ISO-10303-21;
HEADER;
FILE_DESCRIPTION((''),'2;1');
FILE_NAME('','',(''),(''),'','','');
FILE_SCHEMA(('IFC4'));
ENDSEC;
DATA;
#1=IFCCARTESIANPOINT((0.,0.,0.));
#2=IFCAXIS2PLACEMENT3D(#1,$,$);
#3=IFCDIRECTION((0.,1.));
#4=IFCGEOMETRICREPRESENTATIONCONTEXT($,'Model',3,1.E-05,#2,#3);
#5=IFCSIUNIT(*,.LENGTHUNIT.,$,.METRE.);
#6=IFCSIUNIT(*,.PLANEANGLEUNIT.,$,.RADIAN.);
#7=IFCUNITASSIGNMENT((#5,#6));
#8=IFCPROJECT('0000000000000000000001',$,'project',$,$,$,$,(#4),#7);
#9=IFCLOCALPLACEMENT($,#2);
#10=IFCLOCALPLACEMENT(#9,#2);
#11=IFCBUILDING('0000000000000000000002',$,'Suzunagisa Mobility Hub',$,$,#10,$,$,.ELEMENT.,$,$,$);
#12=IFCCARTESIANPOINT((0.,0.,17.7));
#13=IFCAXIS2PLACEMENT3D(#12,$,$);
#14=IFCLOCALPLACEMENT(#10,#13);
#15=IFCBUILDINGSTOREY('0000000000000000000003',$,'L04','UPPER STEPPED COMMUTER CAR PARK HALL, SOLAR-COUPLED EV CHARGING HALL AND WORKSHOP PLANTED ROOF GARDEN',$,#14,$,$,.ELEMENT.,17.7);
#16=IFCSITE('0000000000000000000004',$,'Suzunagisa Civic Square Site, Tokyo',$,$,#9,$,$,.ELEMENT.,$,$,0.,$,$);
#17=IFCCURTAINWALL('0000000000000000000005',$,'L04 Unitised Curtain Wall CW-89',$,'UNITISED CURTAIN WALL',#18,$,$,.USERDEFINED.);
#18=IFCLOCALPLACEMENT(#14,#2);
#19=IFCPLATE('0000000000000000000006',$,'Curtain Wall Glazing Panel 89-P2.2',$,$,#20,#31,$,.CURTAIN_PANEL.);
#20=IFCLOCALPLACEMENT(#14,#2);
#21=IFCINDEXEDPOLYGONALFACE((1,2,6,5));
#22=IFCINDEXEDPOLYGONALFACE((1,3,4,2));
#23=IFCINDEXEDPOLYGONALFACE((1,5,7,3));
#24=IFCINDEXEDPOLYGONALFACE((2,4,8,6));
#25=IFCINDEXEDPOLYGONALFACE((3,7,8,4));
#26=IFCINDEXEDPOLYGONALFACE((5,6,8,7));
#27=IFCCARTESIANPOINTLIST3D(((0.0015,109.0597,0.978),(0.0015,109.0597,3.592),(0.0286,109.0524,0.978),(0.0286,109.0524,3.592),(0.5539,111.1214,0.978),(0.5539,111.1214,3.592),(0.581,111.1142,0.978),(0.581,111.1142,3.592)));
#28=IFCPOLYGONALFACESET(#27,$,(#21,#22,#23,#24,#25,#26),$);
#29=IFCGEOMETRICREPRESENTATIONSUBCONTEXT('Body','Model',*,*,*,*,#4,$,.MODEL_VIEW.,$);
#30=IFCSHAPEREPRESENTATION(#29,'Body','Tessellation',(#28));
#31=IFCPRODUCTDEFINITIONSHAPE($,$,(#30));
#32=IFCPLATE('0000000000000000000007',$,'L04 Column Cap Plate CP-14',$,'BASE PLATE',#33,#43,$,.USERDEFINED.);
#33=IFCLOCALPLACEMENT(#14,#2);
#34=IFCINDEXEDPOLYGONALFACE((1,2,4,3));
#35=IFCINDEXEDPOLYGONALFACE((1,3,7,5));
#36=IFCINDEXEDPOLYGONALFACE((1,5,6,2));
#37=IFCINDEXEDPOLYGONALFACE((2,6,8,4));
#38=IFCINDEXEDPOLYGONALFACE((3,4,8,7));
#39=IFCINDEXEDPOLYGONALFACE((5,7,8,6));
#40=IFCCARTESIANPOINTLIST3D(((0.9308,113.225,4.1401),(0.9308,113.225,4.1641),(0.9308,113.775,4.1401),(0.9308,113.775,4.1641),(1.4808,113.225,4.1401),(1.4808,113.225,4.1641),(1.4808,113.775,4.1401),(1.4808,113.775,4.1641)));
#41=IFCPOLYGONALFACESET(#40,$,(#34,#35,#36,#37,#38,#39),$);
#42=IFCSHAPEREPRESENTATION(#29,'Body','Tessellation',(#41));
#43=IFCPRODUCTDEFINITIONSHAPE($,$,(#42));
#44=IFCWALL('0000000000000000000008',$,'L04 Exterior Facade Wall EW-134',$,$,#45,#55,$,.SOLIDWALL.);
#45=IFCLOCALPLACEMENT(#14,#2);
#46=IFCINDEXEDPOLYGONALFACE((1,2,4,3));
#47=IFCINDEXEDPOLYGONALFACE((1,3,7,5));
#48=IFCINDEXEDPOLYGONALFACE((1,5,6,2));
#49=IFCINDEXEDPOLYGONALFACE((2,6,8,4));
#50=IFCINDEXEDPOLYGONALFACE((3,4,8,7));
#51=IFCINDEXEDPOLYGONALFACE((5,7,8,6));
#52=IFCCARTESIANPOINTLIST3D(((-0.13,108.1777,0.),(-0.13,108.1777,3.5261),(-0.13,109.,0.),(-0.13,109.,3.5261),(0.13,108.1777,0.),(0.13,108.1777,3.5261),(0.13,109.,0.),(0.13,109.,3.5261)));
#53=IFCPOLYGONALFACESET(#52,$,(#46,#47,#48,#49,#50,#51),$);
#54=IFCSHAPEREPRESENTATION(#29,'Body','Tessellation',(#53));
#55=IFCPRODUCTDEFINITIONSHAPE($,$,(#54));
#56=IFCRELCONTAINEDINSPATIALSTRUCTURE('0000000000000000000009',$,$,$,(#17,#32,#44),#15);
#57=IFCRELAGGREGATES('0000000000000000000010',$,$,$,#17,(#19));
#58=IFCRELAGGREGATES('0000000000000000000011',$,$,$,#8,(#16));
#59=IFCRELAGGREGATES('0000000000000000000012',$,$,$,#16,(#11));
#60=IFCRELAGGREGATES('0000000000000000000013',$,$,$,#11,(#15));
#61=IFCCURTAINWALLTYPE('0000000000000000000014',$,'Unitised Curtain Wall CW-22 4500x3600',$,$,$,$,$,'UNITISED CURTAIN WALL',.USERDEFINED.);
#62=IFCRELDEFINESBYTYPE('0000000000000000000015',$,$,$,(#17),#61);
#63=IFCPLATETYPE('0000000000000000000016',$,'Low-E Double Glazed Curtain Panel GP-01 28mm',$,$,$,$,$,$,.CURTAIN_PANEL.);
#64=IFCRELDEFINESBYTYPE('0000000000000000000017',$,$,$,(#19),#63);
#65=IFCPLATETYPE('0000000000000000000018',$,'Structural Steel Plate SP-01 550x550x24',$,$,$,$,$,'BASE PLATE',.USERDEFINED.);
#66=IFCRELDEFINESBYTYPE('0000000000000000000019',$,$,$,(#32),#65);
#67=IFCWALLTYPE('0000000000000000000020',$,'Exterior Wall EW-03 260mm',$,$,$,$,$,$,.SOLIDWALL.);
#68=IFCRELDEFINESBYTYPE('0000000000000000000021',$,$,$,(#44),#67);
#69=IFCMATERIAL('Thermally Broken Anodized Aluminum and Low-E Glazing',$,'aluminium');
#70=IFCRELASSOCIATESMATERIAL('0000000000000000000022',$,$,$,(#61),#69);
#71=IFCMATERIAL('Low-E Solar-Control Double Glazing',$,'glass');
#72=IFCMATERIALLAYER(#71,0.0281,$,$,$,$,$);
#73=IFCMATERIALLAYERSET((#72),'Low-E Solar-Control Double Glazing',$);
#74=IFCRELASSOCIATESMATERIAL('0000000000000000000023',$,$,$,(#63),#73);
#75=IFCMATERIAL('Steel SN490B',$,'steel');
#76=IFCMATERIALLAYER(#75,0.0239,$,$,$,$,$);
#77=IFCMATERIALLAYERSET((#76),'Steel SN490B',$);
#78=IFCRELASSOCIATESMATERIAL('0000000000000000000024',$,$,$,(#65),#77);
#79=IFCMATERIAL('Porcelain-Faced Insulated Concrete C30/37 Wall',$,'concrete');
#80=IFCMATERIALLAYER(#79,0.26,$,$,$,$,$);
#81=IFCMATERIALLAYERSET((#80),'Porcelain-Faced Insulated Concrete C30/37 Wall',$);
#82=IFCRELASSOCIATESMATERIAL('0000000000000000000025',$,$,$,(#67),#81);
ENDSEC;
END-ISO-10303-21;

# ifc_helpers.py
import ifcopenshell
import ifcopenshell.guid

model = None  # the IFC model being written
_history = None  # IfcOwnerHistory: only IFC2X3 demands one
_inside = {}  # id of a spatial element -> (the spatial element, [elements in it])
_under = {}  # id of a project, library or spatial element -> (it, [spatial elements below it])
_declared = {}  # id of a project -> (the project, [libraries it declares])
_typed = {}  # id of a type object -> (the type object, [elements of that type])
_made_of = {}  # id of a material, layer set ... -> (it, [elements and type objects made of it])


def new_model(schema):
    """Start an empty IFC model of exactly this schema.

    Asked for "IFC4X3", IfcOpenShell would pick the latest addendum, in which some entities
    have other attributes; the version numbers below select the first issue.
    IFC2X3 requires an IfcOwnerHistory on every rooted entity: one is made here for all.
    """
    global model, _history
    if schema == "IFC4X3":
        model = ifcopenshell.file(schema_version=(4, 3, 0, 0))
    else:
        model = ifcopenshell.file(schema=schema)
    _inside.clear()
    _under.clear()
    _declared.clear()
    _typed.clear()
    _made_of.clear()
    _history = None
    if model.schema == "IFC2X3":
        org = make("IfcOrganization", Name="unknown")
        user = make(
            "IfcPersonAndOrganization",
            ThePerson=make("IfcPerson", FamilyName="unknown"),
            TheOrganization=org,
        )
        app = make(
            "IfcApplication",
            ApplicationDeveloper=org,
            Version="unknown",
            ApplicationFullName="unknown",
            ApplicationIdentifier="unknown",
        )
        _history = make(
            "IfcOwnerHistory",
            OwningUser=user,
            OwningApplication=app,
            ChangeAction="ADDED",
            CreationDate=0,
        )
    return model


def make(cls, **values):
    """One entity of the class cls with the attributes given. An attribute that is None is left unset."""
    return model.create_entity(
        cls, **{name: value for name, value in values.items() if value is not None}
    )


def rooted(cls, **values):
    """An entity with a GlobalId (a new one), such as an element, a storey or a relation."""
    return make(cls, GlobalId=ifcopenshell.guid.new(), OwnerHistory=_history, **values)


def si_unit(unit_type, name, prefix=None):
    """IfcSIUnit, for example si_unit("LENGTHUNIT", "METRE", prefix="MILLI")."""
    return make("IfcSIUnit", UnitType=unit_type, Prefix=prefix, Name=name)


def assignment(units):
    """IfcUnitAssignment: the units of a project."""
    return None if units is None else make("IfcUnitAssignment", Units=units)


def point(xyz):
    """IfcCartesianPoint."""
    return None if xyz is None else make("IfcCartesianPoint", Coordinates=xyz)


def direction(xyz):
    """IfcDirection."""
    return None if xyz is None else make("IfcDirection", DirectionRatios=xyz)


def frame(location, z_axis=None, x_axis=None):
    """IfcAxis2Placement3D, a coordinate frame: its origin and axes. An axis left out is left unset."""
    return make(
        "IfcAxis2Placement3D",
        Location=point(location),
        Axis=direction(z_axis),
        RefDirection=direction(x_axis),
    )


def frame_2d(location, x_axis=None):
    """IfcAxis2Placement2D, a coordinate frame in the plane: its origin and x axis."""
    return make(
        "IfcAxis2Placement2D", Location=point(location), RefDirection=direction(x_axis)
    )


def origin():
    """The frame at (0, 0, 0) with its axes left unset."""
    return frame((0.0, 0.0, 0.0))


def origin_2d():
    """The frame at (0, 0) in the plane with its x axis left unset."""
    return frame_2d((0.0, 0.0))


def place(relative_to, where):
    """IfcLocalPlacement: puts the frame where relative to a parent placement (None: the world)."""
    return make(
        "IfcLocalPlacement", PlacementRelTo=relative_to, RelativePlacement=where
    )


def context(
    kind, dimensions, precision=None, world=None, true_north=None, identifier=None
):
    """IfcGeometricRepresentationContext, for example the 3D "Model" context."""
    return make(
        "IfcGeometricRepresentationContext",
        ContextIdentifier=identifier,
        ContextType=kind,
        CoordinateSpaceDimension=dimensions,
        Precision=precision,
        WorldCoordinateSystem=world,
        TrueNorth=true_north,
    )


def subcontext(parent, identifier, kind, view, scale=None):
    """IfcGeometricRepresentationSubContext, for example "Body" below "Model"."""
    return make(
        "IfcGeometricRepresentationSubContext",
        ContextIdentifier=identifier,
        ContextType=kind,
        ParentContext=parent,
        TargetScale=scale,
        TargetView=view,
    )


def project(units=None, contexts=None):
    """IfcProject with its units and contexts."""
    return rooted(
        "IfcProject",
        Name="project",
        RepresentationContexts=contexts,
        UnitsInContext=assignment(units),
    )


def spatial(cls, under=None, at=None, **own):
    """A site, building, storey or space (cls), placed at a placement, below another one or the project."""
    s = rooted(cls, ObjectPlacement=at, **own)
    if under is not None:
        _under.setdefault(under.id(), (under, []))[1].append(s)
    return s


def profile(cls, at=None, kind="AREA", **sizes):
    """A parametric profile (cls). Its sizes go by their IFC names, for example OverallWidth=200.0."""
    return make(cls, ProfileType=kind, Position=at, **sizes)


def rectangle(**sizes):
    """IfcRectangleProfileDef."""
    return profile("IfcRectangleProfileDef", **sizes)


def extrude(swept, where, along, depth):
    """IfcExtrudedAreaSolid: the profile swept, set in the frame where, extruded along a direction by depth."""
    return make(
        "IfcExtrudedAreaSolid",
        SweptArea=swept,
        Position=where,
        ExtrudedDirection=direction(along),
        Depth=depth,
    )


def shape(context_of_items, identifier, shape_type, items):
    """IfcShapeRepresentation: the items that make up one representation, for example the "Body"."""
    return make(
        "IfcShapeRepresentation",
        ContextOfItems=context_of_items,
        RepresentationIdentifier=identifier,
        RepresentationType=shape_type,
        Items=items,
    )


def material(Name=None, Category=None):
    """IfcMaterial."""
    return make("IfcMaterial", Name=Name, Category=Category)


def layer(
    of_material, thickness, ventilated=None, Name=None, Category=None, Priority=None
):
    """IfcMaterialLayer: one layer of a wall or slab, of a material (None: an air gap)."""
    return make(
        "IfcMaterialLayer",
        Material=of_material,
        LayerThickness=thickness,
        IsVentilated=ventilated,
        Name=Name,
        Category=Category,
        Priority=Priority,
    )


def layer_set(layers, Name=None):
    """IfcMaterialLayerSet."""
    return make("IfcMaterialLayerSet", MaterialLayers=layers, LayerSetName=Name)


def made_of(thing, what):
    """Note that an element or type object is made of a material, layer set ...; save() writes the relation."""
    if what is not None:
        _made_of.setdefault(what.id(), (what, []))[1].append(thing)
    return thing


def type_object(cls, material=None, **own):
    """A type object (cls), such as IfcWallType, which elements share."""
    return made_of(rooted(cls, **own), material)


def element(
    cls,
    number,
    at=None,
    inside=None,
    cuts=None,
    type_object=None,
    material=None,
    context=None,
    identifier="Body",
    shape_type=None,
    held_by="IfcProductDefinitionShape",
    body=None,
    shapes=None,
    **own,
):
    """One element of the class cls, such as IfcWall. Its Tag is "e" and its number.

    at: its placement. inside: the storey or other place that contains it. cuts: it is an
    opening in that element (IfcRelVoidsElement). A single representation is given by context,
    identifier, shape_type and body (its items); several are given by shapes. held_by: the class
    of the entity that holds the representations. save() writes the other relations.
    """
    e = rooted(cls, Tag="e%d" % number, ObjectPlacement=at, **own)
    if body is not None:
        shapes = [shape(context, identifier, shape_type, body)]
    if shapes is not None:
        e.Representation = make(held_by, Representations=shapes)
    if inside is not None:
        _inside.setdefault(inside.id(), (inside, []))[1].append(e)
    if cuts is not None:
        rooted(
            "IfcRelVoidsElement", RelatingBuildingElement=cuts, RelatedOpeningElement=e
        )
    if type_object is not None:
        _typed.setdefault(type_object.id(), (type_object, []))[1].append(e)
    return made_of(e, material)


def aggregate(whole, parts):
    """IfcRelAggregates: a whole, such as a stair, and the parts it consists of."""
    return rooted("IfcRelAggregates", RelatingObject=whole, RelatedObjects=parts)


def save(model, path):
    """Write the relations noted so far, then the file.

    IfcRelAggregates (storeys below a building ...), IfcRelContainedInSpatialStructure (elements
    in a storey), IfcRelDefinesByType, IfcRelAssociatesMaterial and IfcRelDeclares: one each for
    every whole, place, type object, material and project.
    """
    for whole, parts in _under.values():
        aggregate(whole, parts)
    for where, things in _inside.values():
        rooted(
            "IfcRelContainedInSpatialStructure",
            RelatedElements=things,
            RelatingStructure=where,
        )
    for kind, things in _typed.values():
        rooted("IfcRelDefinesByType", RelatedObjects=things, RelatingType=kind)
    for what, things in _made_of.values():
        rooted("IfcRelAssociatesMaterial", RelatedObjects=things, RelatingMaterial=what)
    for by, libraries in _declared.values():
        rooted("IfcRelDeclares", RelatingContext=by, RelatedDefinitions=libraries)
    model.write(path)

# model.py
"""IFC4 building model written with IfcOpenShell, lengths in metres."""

from ifc_helpers import new_model, si_unit, direction, frame, frame_2d, origin, origin_2d, place, context, subcontext, project, spatial, rectangle, extrude, material, layer, layer_set, type_object, element, aggregate, save


model = new_model("IFC4")

# Units and contexts
model_context = context("Model", 3, precision=1e-05, world=origin(), true_north=direction((0.0, 1.0)))
body_context = subcontext(model_context, "Body", "Model", "MODEL_VIEW")
ifc_project = project(units=[si_unit("LENGTHUNIT", "METRE"), si_unit("PLANEANGLEUNIT", "RADIAN")], contexts=[model_context])

# Site, building, storey
site_placement = place(None, origin())
site = spatial("IfcSite", under=ifc_project, at=site_placement, Name="Suzunagisa Civic Square Site, Tokyo", CompositionType="ELEMENT", RefElevation=0.0)
building_placement = place(site_placement, origin())
building = spatial("IfcBuilding", under=site, at=building_placement, Name="Suzunagisa Mobility Hub", CompositionType="ELEMENT")
storey_placement = place(building_placement, frame((0.0, 0.0, 17.7)))
storey = spatial("IfcBuildingStorey", under=building, at=storey_placement, Name="L04", Description="UPPER STEPPED COMMUTER CAR PARK HALL, SOLAR-COUPLED EV CHARGING HALL AND WORKSHOP PLANTED ROOF GARDEN", CompositionType="ELEMENT", Elevation=17.7)

# Shared definitions
ifc_material_1 = material(Name="Steel SN490B", Category="steel")

# Curtain wall
ifc_material_2 = material(Name="Thermally Broken Anodized Aluminum and Low-E Glazing", Category="aluminium")
curtain_wall_type_1 = type_object("IfcCurtainWallType", Name="Unitised Curtain Wall CW-22 4500x3600", ElementType="UNITISED CURTAIN WALL", PredefinedType="USERDEFINED", material=ifc_material_2)
curtain_wall_1_placement = place(storey_placement, origin())
curtain_wall_1 = element("IfcCurtainWall", 1, at=curtain_wall_1_placement, inside=storey, type_object=curtain_wall_type_1, Name="L04 Unitised Curtain Wall CW-89", ObjectType="UNITISED CURTAIN WALL", PredefinedType="USERDEFINED")

# Plates
ifc_material_3 = material(Name="Low-E Solar-Control Double Glazing", Category="glass")
ifc_layer_1 = layer(ifc_material_3, 0.0281)
ifc_layer_set_1 = layer_set([ifc_layer_1], Name="Low-E Solar-Control Double Glazing")
plate_type_1 = type_object("IfcPlateType", Name="Low-E Double Glazed Curtain Panel GP-01 28mm", PredefinedType="CURTAIN_PANEL", material=ifc_layer_set_1)
plate_1_placement = place(storey_placement, frame((0.2913, 110.0869, 0.978), z_axis=(0.0, 0.0, 1.0), x_axis=(-0.258814, -0.965927, 0.0)))
plate_1 = element("IfcPlate", 2, at=plate_1_placement, type_object=plate_type_1, Name="Curtain Wall Glazing Panel 89-P2.2", PredefinedType="CURTAIN_PANEL", context=body_context, shape_type="SweptSolid", body=[
    extrude(rectangle(XDim=2.1345, YDim=0.0281, at=origin_2d()), origin(), (0.0, 0.0, 1.0), 2.614),
])
aggregate(curtain_wall_1, [plate_1])
ifc_layer_2 = layer(ifc_material_1, 0.0239)
ifc_layer_set_2 = layer_set([ifc_layer_2], Name="Steel SN490B")
plate_type_2 = type_object("IfcPlateType", Name="Structural Steel Plate SP-01 550x550x24", ElementType="BASE PLATE", PredefinedType="USERDEFINED", material=ifc_layer_set_2)
plate_2_placement = place(storey_placement, frame((1.2058, 113.5, 4.1401), z_axis=(0.0, 0.0, 1.0), x_axis=(1.0, 0.0, 0.0)))
element("IfcPlate", 3, at=plate_2_placement, inside=storey, type_object=plate_type_2, Name="L04 Column Cap Plate CP-14", ObjectType="BASE PLATE", PredefinedType="USERDEFINED", context=body_context, shape_type="SweptSolid", body=[
    extrude(rectangle(XDim=0.55, YDim=0.55, at=origin_2d()), origin(), (0.0, 0.0, 1.0), 0.0239),
])

# Wall
ifc_material_4 = material(Name="Porcelain-Faced Insulated Concrete C30/37 Wall", Category="concrete")
ifc_layer_3 = layer(ifc_material_4, 0.26)
ifc_layer_set_3 = layer_set([ifc_layer_3], Name="Porcelain-Faced Insulated Concrete C30/37 Wall")
wall_type = type_object("IfcWallType", Name="Exterior Wall EW-03 260mm", PredefinedType="SOLIDWALL", material=ifc_layer_set_3)
wall_placement = place(storey_placement, frame((0.0, 109.0, 0.0), z_axis=(0.0, 0.0, 1.0), x_axis=(0.0, -1.0, 0.0)))
element("IfcWall", 4, at=wall_placement, inside=storey, type_object=wall_type, Name="L04 Exterior Facade Wall EW-134", PredefinedType="SOLIDWALL", context=body_context, shape_type="SweptSolid", body=[
    extrude(rectangle(XDim=0.8223, YDim=0.26, at=frame_2d((0.4111, 0.0))), origin(), (0.0, 0.0, 1.0), 3.5261),
])

save(model, "model.ifc")
